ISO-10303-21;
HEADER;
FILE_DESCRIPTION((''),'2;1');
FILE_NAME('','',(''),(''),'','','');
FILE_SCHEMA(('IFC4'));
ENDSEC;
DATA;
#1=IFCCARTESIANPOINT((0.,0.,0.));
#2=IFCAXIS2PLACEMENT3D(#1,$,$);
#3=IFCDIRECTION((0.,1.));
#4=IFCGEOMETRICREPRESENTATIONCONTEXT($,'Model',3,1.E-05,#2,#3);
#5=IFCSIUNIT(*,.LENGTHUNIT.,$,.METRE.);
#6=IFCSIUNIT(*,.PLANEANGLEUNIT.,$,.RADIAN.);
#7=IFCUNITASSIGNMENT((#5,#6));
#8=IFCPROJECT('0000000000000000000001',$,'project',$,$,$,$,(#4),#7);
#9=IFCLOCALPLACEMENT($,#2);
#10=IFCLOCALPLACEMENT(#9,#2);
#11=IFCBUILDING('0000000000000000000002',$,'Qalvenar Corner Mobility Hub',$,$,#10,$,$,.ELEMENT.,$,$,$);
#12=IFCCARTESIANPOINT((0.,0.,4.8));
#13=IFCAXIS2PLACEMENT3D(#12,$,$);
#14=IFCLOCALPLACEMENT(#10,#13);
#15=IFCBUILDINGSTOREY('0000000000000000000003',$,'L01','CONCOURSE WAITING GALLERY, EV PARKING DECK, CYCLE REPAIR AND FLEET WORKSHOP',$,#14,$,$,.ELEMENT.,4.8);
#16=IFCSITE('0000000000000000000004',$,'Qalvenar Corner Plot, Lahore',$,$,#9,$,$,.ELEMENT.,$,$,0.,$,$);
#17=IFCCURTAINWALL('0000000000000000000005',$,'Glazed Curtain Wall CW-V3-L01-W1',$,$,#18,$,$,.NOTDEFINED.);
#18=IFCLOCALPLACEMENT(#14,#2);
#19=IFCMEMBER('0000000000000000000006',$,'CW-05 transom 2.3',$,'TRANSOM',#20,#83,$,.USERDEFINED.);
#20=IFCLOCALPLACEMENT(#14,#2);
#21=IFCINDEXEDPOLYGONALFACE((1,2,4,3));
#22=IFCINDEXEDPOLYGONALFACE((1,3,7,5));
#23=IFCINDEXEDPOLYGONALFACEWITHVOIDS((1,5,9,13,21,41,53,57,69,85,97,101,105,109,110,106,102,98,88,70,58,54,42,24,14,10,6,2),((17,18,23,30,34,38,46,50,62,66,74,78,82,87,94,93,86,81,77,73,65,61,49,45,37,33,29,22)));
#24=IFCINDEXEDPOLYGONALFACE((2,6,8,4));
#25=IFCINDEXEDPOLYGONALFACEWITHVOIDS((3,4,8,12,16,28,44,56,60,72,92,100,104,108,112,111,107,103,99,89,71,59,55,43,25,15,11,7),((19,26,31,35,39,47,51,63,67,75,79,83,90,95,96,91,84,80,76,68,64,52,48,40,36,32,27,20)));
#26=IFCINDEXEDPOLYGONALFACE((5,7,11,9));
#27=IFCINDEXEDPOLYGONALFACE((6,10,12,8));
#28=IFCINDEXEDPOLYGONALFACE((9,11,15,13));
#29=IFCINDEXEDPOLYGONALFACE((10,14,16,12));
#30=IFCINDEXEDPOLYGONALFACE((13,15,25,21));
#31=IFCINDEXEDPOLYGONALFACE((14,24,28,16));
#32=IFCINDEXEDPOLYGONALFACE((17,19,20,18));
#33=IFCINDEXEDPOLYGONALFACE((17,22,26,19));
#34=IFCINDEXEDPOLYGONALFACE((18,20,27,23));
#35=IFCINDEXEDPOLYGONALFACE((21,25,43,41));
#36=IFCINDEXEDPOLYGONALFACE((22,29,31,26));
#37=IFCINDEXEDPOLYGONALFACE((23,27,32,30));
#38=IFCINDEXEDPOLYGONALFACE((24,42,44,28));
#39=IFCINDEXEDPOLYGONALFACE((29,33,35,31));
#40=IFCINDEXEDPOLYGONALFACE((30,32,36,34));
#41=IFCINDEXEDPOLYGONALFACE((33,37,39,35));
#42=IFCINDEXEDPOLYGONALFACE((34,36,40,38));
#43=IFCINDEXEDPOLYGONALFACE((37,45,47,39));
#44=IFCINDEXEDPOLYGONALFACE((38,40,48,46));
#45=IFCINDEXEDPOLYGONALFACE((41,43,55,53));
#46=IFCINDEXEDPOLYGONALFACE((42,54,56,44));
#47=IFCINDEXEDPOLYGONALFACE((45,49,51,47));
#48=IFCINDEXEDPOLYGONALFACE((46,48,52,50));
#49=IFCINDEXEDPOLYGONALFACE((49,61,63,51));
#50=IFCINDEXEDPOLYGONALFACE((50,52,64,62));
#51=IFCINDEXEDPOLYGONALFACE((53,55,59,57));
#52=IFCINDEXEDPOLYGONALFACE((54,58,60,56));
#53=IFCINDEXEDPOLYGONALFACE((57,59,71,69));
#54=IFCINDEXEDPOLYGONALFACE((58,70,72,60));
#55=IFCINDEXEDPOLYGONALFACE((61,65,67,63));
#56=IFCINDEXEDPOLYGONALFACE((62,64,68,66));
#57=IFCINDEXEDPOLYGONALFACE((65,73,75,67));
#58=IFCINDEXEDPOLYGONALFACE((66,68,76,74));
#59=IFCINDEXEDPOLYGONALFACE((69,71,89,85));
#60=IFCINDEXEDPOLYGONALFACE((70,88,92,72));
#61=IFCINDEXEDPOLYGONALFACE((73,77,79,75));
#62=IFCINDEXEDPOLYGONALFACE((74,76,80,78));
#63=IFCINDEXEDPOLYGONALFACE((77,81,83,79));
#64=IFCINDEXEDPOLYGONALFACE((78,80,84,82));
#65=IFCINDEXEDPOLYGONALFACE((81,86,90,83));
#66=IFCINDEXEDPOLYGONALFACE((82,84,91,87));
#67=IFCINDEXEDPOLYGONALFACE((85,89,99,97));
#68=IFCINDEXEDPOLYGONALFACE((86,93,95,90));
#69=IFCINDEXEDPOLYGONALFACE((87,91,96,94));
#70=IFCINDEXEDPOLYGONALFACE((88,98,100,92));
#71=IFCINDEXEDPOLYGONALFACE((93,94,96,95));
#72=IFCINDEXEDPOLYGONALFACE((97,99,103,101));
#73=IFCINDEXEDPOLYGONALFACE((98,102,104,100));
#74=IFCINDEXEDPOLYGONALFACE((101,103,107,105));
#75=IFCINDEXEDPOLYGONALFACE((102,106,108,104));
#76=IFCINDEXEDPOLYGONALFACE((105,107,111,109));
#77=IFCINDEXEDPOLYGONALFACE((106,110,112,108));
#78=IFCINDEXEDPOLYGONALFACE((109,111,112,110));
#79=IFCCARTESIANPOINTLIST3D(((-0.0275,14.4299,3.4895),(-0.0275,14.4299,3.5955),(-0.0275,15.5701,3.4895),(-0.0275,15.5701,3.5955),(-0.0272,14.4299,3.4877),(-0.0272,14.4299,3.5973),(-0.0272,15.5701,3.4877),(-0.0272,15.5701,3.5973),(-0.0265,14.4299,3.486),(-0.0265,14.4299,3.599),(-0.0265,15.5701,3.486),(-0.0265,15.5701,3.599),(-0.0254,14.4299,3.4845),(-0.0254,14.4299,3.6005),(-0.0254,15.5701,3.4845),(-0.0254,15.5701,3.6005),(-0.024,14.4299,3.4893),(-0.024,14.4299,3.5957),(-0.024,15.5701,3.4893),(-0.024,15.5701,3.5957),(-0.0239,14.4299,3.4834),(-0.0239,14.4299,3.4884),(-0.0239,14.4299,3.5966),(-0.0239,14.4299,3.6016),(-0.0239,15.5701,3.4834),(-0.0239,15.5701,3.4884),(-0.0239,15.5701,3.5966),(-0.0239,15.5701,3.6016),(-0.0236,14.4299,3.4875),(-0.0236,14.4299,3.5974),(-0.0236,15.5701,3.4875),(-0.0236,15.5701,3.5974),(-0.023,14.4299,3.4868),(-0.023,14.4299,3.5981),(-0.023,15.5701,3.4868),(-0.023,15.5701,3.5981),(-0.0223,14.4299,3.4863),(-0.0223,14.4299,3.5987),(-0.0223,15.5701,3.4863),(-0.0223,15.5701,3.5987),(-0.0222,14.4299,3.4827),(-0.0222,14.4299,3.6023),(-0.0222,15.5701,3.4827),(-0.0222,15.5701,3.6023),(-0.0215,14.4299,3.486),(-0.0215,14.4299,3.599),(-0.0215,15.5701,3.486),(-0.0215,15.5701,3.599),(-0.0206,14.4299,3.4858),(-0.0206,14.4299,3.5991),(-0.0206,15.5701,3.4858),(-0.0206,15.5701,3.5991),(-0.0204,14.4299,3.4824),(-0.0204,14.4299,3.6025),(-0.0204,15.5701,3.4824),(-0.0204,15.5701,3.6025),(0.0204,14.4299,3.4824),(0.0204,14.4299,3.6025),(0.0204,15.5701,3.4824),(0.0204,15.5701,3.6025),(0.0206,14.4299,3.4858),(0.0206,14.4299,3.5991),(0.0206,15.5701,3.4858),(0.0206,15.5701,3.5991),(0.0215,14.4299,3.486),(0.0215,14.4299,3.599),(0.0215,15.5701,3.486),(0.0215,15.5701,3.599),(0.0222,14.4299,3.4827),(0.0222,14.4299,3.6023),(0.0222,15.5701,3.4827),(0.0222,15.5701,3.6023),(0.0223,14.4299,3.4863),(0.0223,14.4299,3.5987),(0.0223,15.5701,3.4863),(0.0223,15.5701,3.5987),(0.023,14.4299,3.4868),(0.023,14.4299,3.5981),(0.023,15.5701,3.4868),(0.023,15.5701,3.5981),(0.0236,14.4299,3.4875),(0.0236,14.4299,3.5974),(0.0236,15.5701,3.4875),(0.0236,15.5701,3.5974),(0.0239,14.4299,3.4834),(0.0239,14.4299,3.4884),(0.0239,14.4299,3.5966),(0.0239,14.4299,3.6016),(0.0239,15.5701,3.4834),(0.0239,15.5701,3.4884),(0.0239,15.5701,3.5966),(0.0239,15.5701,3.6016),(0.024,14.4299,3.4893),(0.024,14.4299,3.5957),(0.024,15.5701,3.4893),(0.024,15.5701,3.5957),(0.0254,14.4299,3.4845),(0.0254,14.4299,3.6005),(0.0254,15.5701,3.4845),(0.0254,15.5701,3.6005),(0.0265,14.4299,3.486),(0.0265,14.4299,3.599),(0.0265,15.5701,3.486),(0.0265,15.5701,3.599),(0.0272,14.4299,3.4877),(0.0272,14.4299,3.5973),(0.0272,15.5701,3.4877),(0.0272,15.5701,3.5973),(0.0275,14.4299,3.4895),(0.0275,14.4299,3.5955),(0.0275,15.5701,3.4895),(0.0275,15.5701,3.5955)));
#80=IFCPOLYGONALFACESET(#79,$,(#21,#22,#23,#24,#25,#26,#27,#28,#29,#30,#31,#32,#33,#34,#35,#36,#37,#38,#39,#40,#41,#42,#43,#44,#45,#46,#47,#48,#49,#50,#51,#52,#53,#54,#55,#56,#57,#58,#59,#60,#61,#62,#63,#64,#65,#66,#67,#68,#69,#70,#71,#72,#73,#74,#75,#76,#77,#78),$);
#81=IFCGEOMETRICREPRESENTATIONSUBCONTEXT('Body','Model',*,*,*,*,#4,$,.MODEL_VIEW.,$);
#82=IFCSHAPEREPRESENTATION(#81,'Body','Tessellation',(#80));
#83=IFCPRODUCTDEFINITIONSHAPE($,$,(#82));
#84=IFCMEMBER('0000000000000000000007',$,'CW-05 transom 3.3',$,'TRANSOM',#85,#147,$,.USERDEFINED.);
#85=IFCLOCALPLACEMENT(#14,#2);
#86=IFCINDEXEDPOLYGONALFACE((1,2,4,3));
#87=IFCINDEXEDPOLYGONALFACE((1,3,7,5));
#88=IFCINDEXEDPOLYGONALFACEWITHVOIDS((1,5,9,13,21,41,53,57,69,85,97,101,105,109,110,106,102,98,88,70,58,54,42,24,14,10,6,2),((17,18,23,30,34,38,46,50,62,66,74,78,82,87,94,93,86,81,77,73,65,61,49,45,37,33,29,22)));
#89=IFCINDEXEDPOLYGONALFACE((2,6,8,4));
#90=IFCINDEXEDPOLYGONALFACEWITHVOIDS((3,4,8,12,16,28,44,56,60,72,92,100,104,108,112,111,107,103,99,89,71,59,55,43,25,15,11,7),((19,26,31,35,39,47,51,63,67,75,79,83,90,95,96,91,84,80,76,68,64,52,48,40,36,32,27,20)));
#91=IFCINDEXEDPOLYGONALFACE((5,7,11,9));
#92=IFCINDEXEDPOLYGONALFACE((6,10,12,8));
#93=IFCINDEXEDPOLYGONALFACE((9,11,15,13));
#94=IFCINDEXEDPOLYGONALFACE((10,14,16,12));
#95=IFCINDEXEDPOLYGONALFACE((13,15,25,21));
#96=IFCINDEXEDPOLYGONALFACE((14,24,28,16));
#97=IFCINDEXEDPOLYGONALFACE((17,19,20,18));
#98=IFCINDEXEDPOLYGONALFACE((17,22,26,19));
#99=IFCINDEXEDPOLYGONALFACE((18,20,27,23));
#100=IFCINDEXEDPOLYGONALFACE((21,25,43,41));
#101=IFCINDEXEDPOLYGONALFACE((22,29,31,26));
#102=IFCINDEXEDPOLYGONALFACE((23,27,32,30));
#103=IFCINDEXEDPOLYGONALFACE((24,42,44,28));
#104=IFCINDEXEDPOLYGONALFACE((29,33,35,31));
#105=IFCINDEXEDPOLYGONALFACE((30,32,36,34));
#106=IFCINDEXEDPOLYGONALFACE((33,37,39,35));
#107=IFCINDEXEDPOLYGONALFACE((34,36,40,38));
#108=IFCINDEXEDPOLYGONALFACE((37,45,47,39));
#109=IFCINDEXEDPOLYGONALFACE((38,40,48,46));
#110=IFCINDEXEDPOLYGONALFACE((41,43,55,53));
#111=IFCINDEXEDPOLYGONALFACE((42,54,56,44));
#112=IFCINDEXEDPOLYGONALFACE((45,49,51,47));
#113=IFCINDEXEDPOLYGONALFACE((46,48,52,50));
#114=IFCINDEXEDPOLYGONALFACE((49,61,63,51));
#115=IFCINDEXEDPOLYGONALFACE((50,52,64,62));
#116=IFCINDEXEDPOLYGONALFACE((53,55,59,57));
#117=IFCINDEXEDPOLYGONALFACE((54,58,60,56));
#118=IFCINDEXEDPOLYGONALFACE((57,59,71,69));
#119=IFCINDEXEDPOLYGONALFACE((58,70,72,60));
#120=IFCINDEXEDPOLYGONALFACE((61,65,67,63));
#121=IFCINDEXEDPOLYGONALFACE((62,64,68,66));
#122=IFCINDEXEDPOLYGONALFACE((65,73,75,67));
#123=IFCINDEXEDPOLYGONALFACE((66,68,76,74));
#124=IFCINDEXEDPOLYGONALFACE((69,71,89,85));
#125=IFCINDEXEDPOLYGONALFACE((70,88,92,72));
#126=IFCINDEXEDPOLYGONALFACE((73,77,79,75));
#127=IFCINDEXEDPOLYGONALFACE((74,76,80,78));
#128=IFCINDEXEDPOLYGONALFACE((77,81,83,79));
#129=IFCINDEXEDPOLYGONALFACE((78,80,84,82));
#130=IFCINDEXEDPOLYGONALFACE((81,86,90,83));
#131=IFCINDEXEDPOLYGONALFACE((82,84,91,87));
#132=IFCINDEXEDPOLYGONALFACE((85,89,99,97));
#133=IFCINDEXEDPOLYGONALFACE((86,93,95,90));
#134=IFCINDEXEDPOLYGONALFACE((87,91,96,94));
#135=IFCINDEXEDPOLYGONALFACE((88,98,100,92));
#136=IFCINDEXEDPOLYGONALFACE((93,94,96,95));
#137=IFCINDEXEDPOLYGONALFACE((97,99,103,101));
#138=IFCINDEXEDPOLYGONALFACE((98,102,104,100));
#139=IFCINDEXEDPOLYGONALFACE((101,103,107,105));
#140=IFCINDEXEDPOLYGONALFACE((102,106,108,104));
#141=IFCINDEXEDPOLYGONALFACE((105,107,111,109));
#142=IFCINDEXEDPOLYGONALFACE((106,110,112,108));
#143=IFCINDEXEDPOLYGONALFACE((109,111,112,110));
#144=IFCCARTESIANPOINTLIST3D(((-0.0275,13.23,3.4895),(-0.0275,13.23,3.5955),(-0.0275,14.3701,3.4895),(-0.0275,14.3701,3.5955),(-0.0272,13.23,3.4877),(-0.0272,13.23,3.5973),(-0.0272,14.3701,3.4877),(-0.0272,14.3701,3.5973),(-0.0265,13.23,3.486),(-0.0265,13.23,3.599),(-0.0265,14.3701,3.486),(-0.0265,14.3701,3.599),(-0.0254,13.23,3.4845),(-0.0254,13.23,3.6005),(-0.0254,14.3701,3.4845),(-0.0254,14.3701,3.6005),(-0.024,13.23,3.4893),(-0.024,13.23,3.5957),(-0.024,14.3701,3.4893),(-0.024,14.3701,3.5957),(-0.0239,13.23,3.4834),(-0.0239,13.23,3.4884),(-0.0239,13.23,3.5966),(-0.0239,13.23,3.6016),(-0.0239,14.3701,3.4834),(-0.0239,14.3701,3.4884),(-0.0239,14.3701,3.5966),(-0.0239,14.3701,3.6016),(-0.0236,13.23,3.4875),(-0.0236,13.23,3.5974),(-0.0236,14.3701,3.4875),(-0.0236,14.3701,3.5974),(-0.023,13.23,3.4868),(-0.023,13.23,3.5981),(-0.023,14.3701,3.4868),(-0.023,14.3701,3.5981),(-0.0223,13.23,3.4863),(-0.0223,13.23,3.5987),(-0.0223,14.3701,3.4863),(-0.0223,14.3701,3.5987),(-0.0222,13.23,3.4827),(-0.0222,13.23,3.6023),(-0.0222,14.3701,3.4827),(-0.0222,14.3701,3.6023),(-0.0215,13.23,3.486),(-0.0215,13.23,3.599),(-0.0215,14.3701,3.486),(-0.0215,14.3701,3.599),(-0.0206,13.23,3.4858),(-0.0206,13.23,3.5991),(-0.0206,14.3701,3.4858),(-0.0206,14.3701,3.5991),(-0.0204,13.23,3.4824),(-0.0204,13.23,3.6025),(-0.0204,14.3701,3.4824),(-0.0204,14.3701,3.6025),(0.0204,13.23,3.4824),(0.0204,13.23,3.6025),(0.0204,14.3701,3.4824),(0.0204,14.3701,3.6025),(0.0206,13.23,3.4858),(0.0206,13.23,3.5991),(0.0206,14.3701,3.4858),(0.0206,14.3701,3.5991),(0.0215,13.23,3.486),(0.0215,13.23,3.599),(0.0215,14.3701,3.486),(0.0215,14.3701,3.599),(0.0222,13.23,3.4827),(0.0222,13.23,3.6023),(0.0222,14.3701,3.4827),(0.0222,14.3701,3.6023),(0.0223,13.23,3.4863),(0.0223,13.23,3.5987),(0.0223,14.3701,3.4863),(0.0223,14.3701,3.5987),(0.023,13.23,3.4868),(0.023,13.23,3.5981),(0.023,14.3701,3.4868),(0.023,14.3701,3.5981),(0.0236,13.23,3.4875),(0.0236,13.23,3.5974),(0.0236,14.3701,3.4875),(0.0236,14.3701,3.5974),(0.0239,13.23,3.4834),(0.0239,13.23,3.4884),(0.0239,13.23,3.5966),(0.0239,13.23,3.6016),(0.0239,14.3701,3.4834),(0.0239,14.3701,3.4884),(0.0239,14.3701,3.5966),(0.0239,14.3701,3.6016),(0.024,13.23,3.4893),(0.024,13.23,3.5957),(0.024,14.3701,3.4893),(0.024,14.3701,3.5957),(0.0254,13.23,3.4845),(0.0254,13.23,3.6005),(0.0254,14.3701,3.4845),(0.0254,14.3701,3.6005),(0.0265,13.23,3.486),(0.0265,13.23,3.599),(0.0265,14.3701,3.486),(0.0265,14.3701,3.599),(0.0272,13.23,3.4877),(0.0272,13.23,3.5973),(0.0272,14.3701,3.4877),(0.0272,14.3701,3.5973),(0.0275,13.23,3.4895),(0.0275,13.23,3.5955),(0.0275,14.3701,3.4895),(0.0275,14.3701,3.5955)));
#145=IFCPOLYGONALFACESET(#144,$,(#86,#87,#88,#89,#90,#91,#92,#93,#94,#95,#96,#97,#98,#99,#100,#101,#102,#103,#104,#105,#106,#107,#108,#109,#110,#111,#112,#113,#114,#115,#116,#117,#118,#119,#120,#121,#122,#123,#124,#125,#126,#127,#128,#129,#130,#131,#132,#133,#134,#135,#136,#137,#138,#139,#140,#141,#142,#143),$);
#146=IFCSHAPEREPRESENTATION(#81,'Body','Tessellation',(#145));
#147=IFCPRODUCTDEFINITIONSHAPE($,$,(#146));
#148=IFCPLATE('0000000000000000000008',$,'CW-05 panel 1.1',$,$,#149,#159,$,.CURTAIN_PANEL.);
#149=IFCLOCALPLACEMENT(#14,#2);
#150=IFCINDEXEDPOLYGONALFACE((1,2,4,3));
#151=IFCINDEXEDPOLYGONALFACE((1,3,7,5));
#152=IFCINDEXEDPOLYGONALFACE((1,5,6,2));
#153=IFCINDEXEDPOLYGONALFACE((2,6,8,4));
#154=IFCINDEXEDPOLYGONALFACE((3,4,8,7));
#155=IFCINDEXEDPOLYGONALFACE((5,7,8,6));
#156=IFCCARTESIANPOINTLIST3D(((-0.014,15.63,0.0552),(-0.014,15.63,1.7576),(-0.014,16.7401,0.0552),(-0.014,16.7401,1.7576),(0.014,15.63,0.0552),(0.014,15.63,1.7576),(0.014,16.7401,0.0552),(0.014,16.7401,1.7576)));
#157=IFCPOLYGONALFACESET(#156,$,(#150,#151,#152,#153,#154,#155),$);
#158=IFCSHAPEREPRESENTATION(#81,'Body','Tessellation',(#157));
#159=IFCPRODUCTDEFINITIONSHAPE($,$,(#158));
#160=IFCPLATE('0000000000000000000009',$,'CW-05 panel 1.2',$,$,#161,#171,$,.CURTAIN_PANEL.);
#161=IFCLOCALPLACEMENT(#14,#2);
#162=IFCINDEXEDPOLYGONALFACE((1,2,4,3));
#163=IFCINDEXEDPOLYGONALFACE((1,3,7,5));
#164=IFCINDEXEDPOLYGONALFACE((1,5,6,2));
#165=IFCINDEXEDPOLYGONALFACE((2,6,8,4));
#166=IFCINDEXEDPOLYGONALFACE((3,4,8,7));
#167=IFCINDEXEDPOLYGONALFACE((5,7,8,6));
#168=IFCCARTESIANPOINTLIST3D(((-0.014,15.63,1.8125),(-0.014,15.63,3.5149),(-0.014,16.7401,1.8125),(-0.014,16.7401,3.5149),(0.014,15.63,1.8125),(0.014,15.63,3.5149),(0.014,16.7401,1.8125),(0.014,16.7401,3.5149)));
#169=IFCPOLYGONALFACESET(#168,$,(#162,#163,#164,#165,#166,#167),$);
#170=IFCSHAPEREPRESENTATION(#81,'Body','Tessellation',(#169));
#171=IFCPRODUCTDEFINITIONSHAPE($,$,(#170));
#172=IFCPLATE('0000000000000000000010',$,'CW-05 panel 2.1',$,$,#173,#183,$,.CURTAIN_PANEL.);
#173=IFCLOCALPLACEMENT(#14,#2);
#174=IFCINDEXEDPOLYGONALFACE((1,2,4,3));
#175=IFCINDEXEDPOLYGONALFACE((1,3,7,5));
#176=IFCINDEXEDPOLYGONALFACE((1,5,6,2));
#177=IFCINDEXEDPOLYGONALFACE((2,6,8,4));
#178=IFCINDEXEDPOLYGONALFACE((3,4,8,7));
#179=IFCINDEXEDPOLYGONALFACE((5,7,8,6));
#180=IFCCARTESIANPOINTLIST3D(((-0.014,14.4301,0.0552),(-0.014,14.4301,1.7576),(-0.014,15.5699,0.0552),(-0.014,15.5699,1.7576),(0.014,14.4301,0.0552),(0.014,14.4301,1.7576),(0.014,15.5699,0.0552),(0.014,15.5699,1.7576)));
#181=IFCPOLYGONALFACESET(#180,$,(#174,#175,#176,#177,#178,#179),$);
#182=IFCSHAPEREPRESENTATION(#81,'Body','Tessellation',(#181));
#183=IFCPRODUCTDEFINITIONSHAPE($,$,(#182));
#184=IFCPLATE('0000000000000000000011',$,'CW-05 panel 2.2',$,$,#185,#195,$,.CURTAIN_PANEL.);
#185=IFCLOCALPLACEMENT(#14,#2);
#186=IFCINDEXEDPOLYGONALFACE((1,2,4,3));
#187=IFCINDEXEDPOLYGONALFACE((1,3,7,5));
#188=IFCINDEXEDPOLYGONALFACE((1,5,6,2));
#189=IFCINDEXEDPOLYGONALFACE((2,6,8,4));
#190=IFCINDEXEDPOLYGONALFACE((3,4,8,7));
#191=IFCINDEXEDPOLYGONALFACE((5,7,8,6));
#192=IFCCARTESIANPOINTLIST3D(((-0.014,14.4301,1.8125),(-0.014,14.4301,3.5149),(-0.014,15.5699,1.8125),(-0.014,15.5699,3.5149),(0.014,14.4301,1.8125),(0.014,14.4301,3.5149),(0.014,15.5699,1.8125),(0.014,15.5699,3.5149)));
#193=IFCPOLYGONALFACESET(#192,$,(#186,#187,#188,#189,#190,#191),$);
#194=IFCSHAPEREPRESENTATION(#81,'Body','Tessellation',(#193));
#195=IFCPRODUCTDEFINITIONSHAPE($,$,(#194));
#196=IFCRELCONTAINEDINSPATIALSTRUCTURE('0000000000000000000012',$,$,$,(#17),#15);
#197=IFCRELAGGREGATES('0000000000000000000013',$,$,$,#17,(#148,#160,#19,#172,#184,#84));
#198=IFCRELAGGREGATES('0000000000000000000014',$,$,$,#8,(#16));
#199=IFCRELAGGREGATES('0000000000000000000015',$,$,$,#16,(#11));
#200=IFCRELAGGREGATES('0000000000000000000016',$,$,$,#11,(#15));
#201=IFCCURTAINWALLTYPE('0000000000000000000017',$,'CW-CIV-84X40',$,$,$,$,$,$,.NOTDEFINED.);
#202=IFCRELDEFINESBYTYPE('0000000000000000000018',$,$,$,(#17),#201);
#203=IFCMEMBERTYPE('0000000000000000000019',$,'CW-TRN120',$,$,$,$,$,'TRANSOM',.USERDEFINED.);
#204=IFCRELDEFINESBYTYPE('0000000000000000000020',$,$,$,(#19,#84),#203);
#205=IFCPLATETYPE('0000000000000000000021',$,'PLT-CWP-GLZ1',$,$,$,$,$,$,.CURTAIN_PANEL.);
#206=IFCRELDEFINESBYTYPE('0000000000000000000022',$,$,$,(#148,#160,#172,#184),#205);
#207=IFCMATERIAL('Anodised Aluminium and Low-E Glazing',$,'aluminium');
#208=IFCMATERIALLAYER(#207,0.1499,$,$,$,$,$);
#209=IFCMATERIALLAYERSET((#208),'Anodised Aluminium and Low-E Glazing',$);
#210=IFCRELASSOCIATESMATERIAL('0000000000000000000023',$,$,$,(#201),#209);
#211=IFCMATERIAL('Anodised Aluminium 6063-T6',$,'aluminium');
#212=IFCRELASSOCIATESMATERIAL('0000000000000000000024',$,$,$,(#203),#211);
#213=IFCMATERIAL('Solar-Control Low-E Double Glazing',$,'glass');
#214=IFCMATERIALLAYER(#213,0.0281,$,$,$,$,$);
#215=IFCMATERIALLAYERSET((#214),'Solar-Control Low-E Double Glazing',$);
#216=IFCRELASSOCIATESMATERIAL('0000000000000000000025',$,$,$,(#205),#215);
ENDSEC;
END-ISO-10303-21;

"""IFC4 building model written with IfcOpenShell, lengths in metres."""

from ifc_helpers import new_model, si_unit, direction, frame, origin, origin_2d, place, context, subcontext, project, spatial, rectangle, hollow_rectangle, extrude, material, layer, layer_set, material_profile, profile_set, type_object, element, aggregate, save


model = new_model("IFC4")

# Units and contexts
model_context = context("Model", 3, precision=1e-05, world=origin(), true_north=direction((0.0, 1.0)))
body_context = subcontext(model_context, "Body", "Model", "MODEL_VIEW")
ifc_project = project(units=[si_unit("LENGTHUNIT", "METRE"), si_unit("PLANEANGLEUNIT", "RADIAN")], contexts=[model_context])

# Site, building, storey
site_placement = place(None, origin())
site = spatial("IfcSite", under=ifc_project, at=site_placement, Name="Qalvenar Corner Plot, Lahore", CompositionType="ELEMENT", RefElevation=0.0)
building_placement = place(site_placement, origin())
building = spatial("IfcBuilding", under=site, at=building_placement, Name="Qalvenar Corner Mobility Hub", CompositionType="ELEMENT")
storey_placement = place(building_placement, frame((0.0, 0.0, 4.8)))
storey = spatial("IfcBuildingStorey", under=building, at=storey_placement, Name="L01", Description="CONCOURSE WAITING GALLERY, EV PARKING DECK, CYCLE REPAIR AND FLEET WORKSHOP", CompositionType="ELEMENT", Elevation=4.8)

# Curtain wall, members, plates
ifc_material_1 = material(Name="Anodised Aluminium and Low-E Glazing", Category="aluminium")
ifc_layer_1 = layer(ifc_material_1, 0.1499)
ifc_layer_set_1 = layer_set([ifc_layer_1], Name="Anodised Aluminium and Low-E Glazing")
curtain_wall_type = type_object("IfcCurtainWallType", Name="CW-CIV-84X40", PredefinedType="NOTDEFINED", material=ifc_layer_set_1)
curtain_wall_placement = place(storey_placement, origin())
curtain_wall = element("IfcCurtainWall", 1, at=curtain_wall_placement, inside=storey, type_object=curtain_wall_type, Name="Glazed Curtain Wall CW-V3-L01-W1", PredefinedType="NOTDEFINED")
ifc_material_2 = material(Name="Anodised Aluminium 6063-T6", Category="aluminium")
ifc_material_profile_1 = material_profile(ifc_material_2, hollow_rectangle(XDim=0.0549, YDim=0.1201, WallThickness=0.0034, InnerFilletRadius=0.0034, OuterFilletRadius=0.0071, at=origin_2d()), Name="RHS120x55x3.5")
ifc_profile_set_1 = profile_set([ifc_material_profile_1], Name="Anodised Aluminium 6063-T6")
member_type_1 = type_object("IfcMemberType", Name="CW-TRN120", ElementType="TRANSOM", PredefinedType="USERDEFINED", material=ifc_profile_set_1)
member_1_placement = place(storey_placement, frame((0.0, 15.5701, 3.5425), z_axis=(0.0, -1.0, 0.0), x_axis=(1.0, 0.0, 0.0)))
member_1 = element("IfcMember", 2, at=member_1_placement, type_object=member_type_1, Name="CW-05 transom 2.3", ObjectType="TRANSOM", PredefinedType="USERDEFINED", context=body_context, shape_type="SweptSolid", body=[
    extrude(hollow_rectangle(XDim=0.0549, YDim=0.1201, WallThickness=0.0034, InnerFilletRadius=0.0034, OuterFilletRadius=0.0071, at=origin_2d()), origin(), (0.0, 0.0, 1.0), 1.1401),
])
member_2_placement = place(storey_placement, frame((0.0, 14.3701, 3.5425), z_axis=(0.0, -1.0, 0.0), x_axis=(1.0, 0.0, 0.0)))
member_2 = element("IfcMember", 3, at=member_2_placement, type_object=member_type_1, Name="CW-05 transom 3.3", ObjectType="TRANSOM", PredefinedType="USERDEFINED", context=body_context, shape_type="SweptSolid", body=[
    extrude(hollow_rectangle(XDim=0.0549, YDim=0.1201, WallThickness=0.0034, InnerFilletRadius=0.0034, OuterFilletRadius=0.0071, at=origin_2d()), origin(), (0.0, 0.0, 1.0), 1.1401),
])
ifc_material_3 = material(Name="Solar-Control Low-E Double Glazing", Category="glass")
ifc_layer_2 = layer(ifc_material_3, 0.0281)
ifc_layer_set_2 = layer_set([ifc_layer_2], Name="Solar-Control Low-E Double Glazing")
plate_type = type_object("IfcPlateType", Name="PLT-CWP-GLZ1", PredefinedType="CURTAIN_PANEL", material=ifc_layer_set_2)
plate_1_placement = place(storey_placement, frame((0.0, 16.1851, 0.0552), z_axis=(0.0, 0.0, 1.0), x_axis=(0.0, -1.0, 0.0)))
plate_1 = element("IfcPlate", 4, at=plate_1_placement, type_object=plate_type, Name="CW-05 panel 1.1", PredefinedType="CURTAIN_PANEL", context=body_context, shape_type="SweptSolid", body=[
    extrude(rectangle(XDim=1.1101, YDim=0.0281, at=origin_2d()), origin(), (0.0, 0.0, 1.0), 1.7024),
])
plate_2_placement = place(storey_placement, frame((0.0, 16.1851, 1.8125), z_axis=(0.0, 0.0, 1.0), x_axis=(0.0, -1.0, 0.0)))
plate_2 = element("IfcPlate", 5, at=plate_2_placement, type_object=plate_type, Name="CW-05 panel 1.2", PredefinedType="CURTAIN_PANEL", context=body_context, shape_type="SweptSolid", body=[
    extrude(rectangle(XDim=1.1101, YDim=0.0281, at=origin_2d()), origin(), (0.0, 0.0, 1.0), 1.7024),
])
plate_3_placement = place(storey_placement, frame((0.0, 15.0, 0.0552), z_axis=(0.0, 0.0, 1.0), x_axis=(0.0, -1.0, 0.0)))
plate_3 = element("IfcPlate", 6, at=plate_3_placement, type_object=plate_type, Name="CW-05 panel 2.1", PredefinedType="CURTAIN_PANEL", context=body_context, shape_type="SweptSolid", body=[
    extrude(rectangle(XDim=1.1399, YDim=0.0281, at=origin_2d()), origin(), (0.0, 0.0, 1.0), 1.7024),
])
plate_4_placement = place(storey_placement, frame((0.0, 15.0, 1.8125), z_axis=(0.0, 0.0, 1.0), x_axis=(0.0, -1.0, 0.0)))
plate_4 = element("IfcPlate", 7, at=plate_4_placement, type_object=plate_type, Name="CW-05 panel 2.2", PredefinedType="CURTAIN_PANEL", context=body_context, shape_type="SweptSolid", body=[
    extrude(rectangle(XDim=1.1399, YDim=0.0281, at=origin_2d()), origin(), (0.0, 0.0, 1.0), 1.7024),
])
aggregate(curtain_wall, [plate_1, plate_2, member_1, plate_3, plate_4, member_2])

save(model, "model.ifc")
